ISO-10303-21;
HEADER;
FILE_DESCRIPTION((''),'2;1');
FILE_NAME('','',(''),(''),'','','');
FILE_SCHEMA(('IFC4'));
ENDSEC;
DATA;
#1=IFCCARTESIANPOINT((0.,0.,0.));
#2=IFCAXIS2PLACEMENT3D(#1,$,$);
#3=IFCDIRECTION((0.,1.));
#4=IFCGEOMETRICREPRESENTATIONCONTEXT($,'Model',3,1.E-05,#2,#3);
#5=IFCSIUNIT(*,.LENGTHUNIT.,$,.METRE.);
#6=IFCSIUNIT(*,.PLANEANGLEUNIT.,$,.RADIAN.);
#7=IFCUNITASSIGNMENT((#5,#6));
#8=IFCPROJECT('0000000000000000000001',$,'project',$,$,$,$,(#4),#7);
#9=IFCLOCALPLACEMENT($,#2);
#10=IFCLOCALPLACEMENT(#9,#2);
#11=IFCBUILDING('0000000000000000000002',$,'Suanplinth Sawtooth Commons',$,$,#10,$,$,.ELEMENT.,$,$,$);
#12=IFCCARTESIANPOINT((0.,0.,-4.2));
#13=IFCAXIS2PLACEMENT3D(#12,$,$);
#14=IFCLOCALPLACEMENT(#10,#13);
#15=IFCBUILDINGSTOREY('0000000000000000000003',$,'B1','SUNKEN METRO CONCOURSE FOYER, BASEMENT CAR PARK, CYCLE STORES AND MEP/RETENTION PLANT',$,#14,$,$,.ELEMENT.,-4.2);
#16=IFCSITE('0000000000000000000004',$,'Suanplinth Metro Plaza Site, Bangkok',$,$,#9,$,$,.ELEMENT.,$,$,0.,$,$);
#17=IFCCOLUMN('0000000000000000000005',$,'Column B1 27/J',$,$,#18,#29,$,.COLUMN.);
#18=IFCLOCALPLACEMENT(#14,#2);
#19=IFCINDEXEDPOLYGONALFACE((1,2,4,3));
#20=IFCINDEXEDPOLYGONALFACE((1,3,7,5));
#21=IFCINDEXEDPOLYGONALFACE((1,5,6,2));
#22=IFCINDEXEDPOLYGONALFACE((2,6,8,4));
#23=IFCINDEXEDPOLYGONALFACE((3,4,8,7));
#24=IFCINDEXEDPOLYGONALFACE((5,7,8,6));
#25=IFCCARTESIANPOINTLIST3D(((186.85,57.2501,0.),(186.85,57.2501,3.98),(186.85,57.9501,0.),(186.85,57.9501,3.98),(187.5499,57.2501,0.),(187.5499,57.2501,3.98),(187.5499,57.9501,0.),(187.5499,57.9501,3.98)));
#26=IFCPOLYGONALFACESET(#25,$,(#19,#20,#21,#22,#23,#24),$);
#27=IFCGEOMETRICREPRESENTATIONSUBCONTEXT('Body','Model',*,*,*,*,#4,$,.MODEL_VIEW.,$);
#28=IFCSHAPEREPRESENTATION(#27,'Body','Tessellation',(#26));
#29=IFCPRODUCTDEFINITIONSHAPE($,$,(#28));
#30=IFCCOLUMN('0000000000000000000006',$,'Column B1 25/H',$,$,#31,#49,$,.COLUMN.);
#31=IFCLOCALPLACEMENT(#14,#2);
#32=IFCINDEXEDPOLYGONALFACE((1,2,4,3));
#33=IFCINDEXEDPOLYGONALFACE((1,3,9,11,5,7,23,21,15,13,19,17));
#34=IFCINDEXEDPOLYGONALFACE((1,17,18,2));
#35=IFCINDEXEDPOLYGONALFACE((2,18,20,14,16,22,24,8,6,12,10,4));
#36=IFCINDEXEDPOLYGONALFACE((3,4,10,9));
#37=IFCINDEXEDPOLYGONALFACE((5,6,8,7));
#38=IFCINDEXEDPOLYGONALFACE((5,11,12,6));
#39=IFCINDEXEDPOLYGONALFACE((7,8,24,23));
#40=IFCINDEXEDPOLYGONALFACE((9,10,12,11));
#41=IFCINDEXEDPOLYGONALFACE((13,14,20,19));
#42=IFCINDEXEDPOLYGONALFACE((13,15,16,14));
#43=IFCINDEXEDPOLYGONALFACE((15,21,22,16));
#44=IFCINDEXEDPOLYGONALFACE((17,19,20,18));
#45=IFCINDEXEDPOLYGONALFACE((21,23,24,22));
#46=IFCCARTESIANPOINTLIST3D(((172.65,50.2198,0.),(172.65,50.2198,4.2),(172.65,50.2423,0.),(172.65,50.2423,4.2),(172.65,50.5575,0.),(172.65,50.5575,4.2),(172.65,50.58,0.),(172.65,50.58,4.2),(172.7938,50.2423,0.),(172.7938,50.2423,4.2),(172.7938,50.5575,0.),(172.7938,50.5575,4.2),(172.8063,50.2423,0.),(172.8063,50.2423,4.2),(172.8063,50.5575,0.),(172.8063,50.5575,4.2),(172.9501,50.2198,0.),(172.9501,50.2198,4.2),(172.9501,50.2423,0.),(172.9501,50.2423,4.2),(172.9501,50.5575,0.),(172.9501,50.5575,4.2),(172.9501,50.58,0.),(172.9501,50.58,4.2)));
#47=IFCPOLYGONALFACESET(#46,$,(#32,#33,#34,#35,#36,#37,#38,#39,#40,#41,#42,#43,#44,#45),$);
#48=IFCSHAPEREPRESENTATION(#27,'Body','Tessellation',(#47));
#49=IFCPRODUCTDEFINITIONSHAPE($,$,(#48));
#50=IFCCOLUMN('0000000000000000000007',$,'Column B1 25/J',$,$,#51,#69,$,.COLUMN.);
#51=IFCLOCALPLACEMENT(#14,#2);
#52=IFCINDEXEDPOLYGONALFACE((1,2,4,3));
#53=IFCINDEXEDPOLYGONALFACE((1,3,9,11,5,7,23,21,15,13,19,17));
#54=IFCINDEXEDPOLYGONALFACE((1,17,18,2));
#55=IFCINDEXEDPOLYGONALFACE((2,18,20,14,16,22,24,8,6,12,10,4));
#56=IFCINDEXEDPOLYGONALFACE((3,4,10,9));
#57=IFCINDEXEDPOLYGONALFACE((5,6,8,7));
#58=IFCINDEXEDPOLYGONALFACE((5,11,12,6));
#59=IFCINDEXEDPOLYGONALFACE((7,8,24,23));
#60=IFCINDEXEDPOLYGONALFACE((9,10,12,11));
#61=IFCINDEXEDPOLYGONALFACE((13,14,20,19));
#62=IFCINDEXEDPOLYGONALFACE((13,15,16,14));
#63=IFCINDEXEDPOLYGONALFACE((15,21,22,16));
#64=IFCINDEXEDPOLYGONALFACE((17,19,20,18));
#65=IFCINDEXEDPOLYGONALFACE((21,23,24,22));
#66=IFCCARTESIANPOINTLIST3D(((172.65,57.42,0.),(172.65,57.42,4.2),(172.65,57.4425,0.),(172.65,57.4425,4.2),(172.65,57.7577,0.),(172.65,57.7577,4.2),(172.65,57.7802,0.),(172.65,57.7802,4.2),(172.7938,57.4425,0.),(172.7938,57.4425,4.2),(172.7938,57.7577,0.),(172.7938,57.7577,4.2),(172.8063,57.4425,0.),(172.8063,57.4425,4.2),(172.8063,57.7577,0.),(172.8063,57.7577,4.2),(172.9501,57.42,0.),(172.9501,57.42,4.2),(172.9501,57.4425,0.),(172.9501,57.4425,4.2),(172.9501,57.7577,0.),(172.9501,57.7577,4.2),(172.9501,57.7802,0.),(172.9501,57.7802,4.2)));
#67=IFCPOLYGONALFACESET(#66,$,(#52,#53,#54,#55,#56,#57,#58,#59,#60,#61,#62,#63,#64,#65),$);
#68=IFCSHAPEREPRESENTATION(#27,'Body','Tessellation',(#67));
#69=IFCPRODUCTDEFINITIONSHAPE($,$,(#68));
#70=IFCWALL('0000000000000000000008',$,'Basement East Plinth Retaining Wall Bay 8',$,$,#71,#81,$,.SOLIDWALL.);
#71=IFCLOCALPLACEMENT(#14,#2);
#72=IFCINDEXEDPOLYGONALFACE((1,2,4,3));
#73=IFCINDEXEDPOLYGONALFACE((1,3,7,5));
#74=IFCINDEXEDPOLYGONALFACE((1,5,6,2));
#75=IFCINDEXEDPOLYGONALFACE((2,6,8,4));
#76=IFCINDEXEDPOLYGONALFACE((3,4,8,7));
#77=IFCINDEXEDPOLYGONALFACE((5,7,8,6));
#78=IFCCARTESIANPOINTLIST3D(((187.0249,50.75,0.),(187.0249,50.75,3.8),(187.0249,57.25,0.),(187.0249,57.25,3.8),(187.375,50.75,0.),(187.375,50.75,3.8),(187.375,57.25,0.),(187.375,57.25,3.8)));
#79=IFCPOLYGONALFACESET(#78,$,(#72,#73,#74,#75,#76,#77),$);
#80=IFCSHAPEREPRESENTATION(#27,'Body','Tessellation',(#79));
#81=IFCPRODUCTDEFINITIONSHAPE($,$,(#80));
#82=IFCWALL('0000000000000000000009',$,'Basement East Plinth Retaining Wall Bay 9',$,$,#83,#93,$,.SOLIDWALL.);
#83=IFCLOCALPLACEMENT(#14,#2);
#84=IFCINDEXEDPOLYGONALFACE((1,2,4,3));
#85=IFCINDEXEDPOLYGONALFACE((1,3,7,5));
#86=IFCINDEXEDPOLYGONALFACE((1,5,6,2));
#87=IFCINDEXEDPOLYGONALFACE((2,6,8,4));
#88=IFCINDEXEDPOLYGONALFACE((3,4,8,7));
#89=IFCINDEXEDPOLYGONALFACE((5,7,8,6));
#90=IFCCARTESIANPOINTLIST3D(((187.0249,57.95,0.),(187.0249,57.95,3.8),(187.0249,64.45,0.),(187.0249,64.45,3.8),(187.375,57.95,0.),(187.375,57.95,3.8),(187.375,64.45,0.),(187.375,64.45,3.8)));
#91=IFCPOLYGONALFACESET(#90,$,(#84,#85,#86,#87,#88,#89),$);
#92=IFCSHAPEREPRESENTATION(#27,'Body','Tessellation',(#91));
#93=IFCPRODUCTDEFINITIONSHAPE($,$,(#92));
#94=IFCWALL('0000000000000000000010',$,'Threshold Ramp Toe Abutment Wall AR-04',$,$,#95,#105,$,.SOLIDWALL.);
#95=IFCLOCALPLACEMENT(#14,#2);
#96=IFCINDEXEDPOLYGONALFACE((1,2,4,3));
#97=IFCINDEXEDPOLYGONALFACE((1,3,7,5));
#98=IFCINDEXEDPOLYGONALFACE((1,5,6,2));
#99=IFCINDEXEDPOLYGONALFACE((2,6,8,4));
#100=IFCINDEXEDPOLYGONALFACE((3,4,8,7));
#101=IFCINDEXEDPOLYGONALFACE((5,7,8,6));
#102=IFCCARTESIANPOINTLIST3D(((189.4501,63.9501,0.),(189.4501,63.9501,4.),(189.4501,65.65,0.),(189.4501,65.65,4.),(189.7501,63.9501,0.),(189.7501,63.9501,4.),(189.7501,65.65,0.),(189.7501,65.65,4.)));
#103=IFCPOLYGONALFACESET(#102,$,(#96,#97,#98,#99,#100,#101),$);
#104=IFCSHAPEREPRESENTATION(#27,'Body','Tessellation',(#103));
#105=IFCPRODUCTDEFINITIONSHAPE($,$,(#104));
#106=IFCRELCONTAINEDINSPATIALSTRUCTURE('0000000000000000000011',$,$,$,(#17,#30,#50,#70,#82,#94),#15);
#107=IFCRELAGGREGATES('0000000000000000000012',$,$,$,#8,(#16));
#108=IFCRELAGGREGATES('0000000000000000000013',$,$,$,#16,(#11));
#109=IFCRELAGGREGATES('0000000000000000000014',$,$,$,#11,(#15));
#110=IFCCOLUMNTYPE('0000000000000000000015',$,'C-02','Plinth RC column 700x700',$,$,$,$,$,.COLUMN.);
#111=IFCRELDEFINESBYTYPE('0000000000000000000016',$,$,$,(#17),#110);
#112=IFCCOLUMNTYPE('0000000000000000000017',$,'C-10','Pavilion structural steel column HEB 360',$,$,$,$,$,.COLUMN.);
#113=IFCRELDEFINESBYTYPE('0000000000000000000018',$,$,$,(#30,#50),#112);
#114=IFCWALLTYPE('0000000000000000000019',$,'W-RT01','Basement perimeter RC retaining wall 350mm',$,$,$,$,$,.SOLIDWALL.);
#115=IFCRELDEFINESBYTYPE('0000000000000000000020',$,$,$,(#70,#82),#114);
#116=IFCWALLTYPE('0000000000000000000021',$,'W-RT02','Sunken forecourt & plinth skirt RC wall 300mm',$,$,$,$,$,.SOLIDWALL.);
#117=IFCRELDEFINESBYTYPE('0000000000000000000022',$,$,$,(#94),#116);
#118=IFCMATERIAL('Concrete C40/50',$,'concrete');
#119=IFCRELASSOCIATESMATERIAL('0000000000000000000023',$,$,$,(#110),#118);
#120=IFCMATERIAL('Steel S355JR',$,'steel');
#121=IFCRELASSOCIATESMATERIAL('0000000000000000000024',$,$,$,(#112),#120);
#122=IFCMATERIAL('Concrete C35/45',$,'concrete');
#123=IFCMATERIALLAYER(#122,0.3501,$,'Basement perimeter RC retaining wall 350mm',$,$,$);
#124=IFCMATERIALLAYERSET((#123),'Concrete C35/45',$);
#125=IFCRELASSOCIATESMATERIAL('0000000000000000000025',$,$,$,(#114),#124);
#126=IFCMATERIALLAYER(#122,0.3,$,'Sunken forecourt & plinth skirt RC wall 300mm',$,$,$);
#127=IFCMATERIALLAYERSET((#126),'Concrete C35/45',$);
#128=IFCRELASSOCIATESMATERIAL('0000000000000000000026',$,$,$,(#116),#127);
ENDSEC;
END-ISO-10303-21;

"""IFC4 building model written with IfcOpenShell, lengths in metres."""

from ifc_helpers import new_model, si_unit, direction, frame, frame_2d, origin, origin_2d, place, context, subcontext, project, spatial, rectangle, i_section, extrude, material, layer, layer_set, material_profile, profile_set, type_object, element, save


model = new_model("IFC4")

# Units and contexts
model_context = context("Model", 3, precision=1e-05, world=origin(), true_north=direction((0.0, 1.0)))
body_context = subcontext(model_context, "Body", "Model", "MODEL_VIEW")
ifc_project = project(units=[si_unit("LENGTHUNIT", "METRE"), si_unit("PLANEANGLEUNIT", "RADIAN")], contexts=[model_context])

# Site, building, storey
site_placement = place(None, origin())
site = spatial("IfcSite", under=ifc_project, at=site_placement, Name="Suanplinth Metro Plaza Site, Bangkok", CompositionType="ELEMENT", RefElevation=0.0)
building_placement = place(site_placement, origin())
building = spatial("IfcBuilding", under=site, at=building_placement, Name="Suanplinth Sawtooth Commons", CompositionType="ELEMENT")
storey_placement = place(building_placement, frame((0.0, 0.0, -4.2)))
storey = spatial("IfcBuildingStorey", under=building, at=storey_placement, Name="B1", Description="SUNKEN METRO CONCOURSE FOYER, BASEMENT CAR PARK, CYCLE STORES AND MEP/RETENTION PLANT", CompositionType="ELEMENT", Elevation=-4.2)

# Shared definitions
ifc_material_1 = material(Name="Concrete C35/45", Category="concrete")

# Columns
ifc_material_2 = material(Name="Concrete C40/50", Category="concrete")
ifc_material_profile_1 = material_profile(ifc_material_2, rectangle(XDim=0.7, YDim=0.7, at=origin_2d()), Name="RC-COL 700x700")
ifc_profile_set_1 = profile_set([ifc_material_profile_1], Name="Concrete C40/50")
column_type_1 = type_object("IfcColumnType", Name="C-02", Description="Plinth RC column 700x700", PredefinedType="COLUMN", material=ifc_profile_set_1)
for number, where, z_axis, x_axis, name in (
    (1, (187.2, 57.6001, 0.0), (0.0, 0.0, 1.0), (1.0, 0.0, 0.0), "Column B1 27/J"),
):
    element("IfcColumn", number, at=place(storey_placement, frame(where, z_axis=z_axis, x_axis=x_axis)), inside=storey, type_object=column_type_1, Name=name, PredefinedType="COLUMN", context=body_context, shape_type="SweptSolid", body=[
        extrude(rectangle(XDim=0.7, YDim=0.7, at=origin_2d()), origin(), (0.0, 0.0, 1.0), 3.98),
    ])
ifc_material_3 = material(Name="Steel S355JR", Category="steel")
ifc_material_profile_2 = material_profile(ifc_material_3, i_section(OverallWidth=0.3, OverallDepth=0.3601, WebThickness=0.0125, FlangeThickness=0.0225, at=origin_2d()), Name="HEB 360")
ifc_profile_set_2 = profile_set([ifc_material_profile_2], Name="Steel S355JR")
column_type_2 = type_object("IfcColumnType", Name="C-10", Description="Pavilion structural steel column HEB 360", PredefinedType="COLUMN", material=ifc_profile_set_2)
for number, where, z_axis, x_axis, name in (
    (2, (172.8, 50.3999, 0.0), (0.0, 0.0, 1.0), (1.0, 0.0, 0.0), "Column B1 25/H"),
    (3, (172.8, 57.6001, 0.0), (0.0, 0.0, 1.0), (1.0, 0.0, 0.0), "Column B1 25/J"),
):
    element("IfcColumn", number, at=place(storey_placement, frame(where, z_axis=z_axis, x_axis=x_axis)), inside=storey, type_object=column_type_2, Name=name, PredefinedType="COLUMN", context=body_context, shape_type="SweptSolid", body=[
        extrude(i_section(OverallWidth=0.3, OverallDepth=0.3601, WebThickness=0.0125, FlangeThickness=0.0225, at=origin_2d()), origin(), (0.0, 0.0, 1.0), 4.2),
    ])

# Walls
ifc_layer_1 = layer(ifc_material_1, 0.3501, Name="Basement perimeter RC retaining wall 350mm")
ifc_layer_set_1 = layer_set([ifc_layer_1], Name="Concrete C35/45")
wall_type_1 = type_object("IfcWallType", Name="W-RT01", Description="Basement perimeter RC retaining wall 350mm", PredefinedType="SOLIDWALL", material=ifc_layer_set_1)
for number, where, z_axis, x_axis, name in (
    (4, (187.2, 50.75, 0.0), (0.0, 0.0, 1.0), (0.0, 1.0, 0.0), "Basement East Plinth Retaining Wall Bay 8"),
    (5, (187.2, 57.95, 0.0), (0.0, 0.0, 1.0), (0.0, 1.0, 0.0), "Basement East Plinth Retaining Wall Bay 9"),
):
    element("IfcWall", number, at=place(storey_placement, frame(where, z_axis=z_axis, x_axis=x_axis)), inside=storey, type_object=wall_type_1, Name=name, PredefinedType="SOLIDWALL", context=body_context, shape_type="SweptSolid", body=[
        extrude(rectangle(XDim=6.5, YDim=0.3501, at=frame_2d((3.25, 0.0))), origin(), (0.0, 0.0, 1.0), 3.8),
    ])
ifc_layer_2 = layer(ifc_material_1, 0.3, Name="Sunken forecourt & plinth skirt RC wall 300mm")
ifc_layer_set_2 = layer_set([ifc_layer_2], Name="Concrete C35/45")
wall_type_2 = type_object("IfcWallType", Name="W-RT02", Description="Sunken forecourt & plinth skirt RC wall 300mm", PredefinedType="SOLIDWALL", material=ifc_layer_set_2)
wall_placement = place(storey_placement, frame((189.6001, 63.95, 0.0), z_axis=(0.0, 0.0, 1.0), x_axis=(0.0, 1.0, 0.0)))
element("IfcWall", 6, at=wall_placement, inside=storey, type_object=wall_type_2, Name="Threshold Ramp Toe Abutment Wall AR-04", PredefinedType="SOLIDWALL", context=body_context, shape_type="SweptSolid", body=[
    extrude(rectangle(XDim=1.7, YDim=0.3, at=frame_2d((0.8501, 0.0))), origin(), (0.0, 0.0, 1.0), 4.0),
])

save(model, "model.ifc")
